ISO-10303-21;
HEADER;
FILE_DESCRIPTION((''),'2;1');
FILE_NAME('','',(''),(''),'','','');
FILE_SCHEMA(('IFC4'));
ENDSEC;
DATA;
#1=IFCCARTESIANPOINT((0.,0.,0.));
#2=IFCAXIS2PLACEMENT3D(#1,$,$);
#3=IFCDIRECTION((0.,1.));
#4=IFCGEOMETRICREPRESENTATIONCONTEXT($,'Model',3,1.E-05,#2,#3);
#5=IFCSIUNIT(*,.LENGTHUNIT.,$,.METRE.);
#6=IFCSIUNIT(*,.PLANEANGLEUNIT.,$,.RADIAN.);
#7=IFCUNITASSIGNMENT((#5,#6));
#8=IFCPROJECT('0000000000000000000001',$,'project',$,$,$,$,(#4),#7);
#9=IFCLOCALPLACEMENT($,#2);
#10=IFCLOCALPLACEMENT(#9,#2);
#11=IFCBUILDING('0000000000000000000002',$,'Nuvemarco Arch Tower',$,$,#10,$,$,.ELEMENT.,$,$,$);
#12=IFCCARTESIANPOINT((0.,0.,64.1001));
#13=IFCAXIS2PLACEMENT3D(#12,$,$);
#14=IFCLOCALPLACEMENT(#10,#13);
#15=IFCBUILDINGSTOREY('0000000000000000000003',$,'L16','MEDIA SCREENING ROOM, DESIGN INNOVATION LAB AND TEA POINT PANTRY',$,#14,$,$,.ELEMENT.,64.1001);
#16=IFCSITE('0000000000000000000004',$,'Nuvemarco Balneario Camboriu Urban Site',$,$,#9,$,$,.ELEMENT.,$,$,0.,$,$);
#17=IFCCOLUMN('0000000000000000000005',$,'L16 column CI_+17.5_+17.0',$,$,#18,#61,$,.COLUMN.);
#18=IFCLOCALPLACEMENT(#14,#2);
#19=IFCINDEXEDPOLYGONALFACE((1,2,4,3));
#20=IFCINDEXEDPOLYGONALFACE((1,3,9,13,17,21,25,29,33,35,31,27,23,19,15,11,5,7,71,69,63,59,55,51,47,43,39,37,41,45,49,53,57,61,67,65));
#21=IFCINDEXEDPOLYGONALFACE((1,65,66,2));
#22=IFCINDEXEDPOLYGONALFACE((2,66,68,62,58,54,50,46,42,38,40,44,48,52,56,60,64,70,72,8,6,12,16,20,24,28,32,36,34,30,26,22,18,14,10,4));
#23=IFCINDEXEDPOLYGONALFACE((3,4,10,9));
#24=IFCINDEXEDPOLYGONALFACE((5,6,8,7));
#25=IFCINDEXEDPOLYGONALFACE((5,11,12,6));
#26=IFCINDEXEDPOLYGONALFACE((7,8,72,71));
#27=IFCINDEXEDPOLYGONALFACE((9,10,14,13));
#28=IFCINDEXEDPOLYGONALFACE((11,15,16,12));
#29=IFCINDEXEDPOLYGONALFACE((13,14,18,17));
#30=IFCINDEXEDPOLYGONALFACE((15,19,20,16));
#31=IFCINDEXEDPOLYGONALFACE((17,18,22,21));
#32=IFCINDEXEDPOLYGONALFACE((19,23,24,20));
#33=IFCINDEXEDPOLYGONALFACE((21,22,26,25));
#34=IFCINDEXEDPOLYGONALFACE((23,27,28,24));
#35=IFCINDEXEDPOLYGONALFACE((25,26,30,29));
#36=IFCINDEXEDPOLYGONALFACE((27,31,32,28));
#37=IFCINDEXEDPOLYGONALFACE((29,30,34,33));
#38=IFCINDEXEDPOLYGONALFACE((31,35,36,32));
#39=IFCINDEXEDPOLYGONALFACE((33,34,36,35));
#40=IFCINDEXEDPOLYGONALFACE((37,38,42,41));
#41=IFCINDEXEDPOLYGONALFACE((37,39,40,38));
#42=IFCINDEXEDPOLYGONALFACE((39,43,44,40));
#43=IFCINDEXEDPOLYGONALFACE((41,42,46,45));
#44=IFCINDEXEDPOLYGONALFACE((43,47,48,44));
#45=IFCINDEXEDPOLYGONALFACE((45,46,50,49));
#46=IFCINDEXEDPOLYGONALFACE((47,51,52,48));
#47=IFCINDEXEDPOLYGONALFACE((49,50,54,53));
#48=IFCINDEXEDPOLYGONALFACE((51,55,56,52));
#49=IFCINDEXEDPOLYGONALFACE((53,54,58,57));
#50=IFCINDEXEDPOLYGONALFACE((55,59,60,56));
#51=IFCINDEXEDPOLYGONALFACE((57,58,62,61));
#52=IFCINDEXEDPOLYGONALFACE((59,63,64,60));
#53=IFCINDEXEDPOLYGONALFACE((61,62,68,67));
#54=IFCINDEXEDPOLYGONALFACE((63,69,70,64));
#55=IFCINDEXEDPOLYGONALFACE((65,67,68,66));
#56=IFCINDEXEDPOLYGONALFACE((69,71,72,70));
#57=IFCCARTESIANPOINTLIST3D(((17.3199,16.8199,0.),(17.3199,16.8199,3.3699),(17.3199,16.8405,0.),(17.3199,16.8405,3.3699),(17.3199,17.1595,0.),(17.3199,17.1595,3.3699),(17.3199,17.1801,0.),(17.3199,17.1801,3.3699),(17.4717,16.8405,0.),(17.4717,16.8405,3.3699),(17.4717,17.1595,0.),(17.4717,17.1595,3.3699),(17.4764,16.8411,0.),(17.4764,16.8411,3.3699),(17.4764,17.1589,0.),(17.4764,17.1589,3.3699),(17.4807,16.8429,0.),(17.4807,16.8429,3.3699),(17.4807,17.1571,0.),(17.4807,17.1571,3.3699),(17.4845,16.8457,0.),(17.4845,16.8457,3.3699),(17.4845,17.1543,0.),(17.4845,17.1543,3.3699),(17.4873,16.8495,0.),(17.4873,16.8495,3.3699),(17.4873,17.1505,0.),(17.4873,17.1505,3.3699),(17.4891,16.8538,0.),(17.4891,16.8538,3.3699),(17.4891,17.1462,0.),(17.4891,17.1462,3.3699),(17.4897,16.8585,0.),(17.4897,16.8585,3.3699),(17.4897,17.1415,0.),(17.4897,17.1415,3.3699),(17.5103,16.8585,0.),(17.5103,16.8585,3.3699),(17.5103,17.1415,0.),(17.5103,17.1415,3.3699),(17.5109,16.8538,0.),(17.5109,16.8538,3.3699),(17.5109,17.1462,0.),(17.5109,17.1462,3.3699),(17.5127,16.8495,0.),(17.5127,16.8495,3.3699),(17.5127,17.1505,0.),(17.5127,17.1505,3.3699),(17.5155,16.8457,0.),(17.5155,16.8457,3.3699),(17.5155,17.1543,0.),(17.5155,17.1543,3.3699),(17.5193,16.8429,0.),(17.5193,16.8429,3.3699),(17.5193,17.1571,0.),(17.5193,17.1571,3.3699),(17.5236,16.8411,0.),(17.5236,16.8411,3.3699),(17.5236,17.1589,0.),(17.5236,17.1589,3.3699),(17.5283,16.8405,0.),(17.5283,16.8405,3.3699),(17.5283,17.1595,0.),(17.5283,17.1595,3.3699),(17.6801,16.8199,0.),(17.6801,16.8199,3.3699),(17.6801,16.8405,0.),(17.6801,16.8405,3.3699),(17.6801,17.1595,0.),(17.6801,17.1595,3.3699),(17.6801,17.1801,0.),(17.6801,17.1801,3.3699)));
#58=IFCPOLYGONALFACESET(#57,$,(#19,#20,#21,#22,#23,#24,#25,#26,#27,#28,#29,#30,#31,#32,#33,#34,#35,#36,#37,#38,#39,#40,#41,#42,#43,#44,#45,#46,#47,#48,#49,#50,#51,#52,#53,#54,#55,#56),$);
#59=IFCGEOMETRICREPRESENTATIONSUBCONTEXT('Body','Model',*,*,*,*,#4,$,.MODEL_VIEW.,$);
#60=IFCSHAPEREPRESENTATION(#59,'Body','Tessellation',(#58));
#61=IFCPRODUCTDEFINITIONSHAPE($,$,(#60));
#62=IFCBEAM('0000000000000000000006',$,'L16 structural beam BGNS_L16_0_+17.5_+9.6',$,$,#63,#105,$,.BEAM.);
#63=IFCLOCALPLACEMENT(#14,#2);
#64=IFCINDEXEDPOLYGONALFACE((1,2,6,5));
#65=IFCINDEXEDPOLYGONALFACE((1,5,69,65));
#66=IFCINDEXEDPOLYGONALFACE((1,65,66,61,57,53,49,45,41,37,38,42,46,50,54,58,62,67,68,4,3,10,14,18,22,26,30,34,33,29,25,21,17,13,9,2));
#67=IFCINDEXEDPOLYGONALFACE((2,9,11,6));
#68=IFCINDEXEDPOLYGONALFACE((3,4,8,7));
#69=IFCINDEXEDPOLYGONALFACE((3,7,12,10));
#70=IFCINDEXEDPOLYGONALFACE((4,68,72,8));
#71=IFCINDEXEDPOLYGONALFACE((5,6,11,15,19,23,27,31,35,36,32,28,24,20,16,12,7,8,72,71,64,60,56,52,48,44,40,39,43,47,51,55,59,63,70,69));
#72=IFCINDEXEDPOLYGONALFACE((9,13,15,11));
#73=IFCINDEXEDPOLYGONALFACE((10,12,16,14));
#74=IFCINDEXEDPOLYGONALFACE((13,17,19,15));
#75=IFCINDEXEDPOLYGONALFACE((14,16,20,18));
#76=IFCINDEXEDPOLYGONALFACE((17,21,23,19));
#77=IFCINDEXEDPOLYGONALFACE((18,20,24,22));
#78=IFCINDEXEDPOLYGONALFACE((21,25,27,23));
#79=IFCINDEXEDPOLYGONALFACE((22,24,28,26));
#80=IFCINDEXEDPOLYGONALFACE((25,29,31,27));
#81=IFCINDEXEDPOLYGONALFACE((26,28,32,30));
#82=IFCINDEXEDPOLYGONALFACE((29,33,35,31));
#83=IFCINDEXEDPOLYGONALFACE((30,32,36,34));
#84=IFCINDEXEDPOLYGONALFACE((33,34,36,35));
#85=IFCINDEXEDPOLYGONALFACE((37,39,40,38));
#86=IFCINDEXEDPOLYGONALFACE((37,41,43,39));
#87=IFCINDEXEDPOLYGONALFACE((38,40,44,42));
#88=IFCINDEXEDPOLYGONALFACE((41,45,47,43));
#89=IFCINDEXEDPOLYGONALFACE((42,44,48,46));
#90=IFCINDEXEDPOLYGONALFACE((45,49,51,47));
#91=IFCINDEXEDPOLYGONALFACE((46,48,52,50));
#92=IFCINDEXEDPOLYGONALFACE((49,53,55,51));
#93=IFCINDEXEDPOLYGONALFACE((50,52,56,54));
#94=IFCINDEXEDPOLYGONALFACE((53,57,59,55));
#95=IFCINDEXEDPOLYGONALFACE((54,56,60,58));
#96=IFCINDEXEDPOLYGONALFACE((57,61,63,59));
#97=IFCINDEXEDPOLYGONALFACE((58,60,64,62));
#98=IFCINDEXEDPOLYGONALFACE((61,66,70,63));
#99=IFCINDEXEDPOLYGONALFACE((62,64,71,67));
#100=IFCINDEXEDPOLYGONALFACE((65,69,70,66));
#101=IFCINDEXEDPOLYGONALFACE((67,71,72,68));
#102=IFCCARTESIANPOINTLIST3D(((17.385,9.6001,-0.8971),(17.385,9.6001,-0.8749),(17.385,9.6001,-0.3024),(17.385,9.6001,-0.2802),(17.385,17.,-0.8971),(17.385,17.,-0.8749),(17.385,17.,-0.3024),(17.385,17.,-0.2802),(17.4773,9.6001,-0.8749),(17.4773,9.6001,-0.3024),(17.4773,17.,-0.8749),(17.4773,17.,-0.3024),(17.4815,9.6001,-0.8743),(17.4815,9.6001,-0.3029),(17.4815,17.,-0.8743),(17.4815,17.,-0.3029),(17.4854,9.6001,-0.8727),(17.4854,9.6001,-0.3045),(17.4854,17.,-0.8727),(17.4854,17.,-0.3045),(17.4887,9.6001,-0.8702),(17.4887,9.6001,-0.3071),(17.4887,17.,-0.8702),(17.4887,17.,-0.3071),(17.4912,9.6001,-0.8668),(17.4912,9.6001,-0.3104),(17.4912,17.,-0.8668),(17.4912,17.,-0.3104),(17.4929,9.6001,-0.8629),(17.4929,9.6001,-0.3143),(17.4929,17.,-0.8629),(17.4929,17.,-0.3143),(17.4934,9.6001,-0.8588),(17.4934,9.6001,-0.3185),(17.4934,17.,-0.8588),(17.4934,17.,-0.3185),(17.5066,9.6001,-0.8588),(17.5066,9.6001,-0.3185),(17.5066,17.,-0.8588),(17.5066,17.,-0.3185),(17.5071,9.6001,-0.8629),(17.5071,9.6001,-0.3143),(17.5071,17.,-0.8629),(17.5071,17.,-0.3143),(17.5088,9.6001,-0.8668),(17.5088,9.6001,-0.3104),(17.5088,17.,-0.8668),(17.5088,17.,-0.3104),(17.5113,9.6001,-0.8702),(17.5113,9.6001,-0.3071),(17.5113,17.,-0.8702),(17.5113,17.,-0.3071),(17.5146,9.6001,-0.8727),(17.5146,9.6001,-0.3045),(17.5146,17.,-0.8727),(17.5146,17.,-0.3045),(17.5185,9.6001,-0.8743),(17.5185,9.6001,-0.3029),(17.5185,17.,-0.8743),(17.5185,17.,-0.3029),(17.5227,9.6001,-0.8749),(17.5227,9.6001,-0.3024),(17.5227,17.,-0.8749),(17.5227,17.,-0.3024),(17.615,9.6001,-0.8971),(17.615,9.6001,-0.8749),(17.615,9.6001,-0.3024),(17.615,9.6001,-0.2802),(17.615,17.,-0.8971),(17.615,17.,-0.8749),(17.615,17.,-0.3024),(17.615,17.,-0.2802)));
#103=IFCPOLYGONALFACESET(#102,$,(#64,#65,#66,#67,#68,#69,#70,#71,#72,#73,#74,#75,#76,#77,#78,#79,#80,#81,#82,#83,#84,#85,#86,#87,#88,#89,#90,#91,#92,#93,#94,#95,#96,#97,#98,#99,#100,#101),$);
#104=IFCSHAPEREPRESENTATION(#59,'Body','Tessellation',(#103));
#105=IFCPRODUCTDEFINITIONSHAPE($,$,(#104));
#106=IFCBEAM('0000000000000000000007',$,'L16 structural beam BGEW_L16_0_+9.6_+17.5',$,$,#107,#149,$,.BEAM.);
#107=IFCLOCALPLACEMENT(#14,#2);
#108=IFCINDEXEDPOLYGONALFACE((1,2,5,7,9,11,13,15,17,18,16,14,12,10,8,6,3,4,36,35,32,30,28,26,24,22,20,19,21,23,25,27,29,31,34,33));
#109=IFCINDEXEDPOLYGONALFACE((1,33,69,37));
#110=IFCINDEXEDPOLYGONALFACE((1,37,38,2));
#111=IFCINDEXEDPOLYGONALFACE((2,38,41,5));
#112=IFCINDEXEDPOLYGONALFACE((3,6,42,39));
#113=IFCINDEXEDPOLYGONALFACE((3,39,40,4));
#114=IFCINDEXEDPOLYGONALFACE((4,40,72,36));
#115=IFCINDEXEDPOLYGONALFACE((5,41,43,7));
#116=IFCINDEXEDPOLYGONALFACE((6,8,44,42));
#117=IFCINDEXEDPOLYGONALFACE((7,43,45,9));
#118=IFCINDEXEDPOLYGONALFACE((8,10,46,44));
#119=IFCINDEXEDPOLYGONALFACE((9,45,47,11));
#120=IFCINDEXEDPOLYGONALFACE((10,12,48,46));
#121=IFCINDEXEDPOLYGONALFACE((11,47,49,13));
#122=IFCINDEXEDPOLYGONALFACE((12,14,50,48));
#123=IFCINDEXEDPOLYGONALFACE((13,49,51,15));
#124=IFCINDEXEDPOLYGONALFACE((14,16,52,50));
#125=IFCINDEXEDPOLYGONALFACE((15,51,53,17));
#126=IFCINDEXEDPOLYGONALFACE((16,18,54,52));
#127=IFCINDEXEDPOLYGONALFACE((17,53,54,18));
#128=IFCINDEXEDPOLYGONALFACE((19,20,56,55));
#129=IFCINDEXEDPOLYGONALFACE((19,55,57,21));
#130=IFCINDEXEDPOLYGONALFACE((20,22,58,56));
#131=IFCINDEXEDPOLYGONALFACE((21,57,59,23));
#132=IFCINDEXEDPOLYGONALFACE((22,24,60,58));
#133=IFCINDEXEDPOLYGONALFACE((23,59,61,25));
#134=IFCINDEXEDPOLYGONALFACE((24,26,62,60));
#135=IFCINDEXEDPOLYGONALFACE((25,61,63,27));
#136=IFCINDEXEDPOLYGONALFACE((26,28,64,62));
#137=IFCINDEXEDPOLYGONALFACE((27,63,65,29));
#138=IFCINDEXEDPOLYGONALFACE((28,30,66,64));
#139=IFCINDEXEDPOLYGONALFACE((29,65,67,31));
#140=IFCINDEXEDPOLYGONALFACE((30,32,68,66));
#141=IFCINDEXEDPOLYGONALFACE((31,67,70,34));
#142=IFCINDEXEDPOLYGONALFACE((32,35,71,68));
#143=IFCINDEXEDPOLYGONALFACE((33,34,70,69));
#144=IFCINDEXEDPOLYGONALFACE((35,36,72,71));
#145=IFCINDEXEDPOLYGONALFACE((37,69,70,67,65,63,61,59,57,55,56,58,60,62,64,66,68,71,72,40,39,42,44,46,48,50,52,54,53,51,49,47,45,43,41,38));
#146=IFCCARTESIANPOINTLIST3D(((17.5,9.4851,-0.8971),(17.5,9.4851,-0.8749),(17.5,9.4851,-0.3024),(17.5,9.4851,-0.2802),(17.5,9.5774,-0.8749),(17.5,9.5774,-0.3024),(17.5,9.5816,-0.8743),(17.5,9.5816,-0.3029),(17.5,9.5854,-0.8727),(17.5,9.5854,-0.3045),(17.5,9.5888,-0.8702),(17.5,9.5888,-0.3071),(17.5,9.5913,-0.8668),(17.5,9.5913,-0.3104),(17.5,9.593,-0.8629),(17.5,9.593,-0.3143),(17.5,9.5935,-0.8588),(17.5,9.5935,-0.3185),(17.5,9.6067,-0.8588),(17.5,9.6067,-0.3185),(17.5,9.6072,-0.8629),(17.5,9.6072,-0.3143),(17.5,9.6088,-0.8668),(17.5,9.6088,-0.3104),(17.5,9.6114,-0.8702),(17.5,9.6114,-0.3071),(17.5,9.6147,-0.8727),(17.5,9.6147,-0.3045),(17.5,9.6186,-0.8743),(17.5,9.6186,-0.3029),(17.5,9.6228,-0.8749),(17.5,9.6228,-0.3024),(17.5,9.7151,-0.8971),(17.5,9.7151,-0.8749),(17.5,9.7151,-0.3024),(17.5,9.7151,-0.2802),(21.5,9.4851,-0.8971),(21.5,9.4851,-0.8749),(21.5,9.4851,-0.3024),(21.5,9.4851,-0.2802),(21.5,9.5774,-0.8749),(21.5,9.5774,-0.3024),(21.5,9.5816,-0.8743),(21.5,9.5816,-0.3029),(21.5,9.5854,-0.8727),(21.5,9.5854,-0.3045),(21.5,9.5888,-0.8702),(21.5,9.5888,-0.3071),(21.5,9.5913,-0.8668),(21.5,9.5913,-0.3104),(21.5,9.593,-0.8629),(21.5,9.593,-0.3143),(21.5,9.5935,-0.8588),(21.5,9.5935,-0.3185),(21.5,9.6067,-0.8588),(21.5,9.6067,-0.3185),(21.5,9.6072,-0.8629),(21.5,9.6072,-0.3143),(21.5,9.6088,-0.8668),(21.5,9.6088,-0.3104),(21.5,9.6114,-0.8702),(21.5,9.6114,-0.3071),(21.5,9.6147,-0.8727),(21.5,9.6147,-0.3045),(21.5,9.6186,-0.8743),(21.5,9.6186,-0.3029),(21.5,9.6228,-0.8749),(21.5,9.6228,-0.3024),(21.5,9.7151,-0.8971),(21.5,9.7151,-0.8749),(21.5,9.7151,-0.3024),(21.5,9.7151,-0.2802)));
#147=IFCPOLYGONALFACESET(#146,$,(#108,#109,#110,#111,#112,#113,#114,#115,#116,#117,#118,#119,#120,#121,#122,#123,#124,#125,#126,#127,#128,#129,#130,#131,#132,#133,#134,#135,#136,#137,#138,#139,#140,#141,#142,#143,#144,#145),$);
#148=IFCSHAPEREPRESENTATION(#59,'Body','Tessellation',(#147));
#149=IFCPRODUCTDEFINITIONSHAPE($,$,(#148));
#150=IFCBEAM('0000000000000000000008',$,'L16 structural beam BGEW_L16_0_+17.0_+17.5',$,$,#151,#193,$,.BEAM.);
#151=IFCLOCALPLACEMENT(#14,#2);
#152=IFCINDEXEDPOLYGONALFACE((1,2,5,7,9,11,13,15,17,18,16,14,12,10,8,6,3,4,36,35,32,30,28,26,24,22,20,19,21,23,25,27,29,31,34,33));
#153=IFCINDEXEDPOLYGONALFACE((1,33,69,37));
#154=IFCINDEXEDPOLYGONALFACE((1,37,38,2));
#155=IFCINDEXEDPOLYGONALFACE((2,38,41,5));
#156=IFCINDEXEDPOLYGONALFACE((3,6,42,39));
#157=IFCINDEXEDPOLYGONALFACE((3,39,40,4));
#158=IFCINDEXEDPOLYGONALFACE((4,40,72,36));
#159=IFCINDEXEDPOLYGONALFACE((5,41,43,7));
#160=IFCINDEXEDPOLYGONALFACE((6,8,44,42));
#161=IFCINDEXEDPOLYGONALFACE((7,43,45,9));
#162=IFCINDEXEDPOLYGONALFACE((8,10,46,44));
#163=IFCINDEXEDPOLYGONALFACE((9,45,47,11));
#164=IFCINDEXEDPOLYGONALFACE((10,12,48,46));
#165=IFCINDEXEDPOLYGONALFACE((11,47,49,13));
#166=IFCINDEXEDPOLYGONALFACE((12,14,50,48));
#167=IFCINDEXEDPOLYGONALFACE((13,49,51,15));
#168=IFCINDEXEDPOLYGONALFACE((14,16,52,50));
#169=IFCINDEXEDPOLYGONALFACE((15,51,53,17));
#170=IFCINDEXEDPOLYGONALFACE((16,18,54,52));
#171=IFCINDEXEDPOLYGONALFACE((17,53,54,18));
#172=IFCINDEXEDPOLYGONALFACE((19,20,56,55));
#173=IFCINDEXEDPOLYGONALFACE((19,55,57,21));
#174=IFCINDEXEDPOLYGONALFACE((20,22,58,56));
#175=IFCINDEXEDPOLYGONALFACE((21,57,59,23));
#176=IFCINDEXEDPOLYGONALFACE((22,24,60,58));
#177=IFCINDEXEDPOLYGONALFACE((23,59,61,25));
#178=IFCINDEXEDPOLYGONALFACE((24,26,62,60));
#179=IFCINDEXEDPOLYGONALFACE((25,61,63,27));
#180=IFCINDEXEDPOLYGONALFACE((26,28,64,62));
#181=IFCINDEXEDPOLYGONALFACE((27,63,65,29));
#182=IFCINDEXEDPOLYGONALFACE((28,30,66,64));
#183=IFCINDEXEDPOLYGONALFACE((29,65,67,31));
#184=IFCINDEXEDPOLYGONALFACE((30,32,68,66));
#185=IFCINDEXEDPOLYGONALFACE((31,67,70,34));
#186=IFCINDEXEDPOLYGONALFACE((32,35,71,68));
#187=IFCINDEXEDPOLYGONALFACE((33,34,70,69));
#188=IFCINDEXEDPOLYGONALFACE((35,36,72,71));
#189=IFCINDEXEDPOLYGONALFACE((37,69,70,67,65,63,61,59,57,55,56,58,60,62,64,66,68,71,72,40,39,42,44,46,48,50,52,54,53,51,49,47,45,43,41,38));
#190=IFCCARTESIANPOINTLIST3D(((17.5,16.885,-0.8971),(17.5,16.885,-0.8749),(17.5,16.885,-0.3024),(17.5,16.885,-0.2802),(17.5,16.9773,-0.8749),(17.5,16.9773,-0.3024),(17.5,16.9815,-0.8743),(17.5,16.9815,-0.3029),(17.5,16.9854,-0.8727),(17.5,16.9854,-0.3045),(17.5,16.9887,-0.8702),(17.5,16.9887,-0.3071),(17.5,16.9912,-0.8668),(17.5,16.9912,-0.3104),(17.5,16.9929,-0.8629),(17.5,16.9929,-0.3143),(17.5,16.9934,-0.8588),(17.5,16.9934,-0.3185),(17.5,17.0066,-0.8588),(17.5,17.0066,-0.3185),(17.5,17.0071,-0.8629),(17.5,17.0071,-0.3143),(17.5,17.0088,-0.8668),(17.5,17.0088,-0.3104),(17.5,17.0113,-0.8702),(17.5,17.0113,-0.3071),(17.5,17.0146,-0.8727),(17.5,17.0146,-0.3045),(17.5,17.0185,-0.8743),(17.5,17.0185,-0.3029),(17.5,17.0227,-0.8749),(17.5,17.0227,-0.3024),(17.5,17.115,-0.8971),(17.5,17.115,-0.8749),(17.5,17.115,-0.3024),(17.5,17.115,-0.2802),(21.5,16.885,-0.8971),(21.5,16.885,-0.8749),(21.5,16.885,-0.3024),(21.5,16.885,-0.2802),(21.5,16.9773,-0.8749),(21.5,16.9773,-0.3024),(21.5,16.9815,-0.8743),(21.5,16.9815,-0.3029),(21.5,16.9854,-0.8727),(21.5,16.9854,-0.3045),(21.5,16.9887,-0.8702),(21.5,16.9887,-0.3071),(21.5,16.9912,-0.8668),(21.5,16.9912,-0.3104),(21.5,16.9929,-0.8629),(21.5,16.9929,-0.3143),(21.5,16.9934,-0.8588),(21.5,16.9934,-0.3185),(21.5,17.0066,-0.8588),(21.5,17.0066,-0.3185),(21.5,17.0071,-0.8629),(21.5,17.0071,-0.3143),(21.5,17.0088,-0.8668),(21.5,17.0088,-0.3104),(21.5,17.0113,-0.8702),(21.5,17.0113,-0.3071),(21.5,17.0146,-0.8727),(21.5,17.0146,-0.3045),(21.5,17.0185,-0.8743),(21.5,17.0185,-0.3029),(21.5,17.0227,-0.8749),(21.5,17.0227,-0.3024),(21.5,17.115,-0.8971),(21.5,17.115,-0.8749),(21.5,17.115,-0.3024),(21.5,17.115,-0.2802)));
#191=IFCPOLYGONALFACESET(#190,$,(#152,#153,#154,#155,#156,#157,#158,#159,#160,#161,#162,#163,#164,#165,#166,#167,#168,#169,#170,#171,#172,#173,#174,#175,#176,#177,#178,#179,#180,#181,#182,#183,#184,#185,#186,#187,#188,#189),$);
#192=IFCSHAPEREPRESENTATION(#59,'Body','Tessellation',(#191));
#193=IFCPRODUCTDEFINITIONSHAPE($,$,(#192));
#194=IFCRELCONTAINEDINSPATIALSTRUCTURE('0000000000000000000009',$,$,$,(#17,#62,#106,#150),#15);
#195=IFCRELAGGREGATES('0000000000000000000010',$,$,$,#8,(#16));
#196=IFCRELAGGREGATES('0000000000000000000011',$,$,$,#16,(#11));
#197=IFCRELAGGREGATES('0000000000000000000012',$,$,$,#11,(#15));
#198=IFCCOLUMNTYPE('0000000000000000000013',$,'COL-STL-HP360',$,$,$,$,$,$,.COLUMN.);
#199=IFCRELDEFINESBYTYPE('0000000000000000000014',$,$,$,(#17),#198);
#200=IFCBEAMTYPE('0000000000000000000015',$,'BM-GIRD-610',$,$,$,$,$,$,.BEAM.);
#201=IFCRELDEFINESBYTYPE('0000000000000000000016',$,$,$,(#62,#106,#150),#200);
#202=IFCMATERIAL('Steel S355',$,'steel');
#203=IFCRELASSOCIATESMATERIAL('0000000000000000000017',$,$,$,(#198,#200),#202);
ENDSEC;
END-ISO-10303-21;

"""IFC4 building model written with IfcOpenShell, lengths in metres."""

from ifc_helpers import new_model, si_unit, direction, frame, origin, origin_2d, place, context, subcontext, project, spatial, i_section, extrude, material, material_profile, profile_set, type_object, element, save


model = new_model("IFC4")

# Units and contexts
model_context = context("Model", 3, precision=1e-05, world=origin(), true_north=direction((0.0, 1.0)))
body_context = subcontext(model_context, "Body", "Model", "MODEL_VIEW")
ifc_project = project(units=[si_unit("LENGTHUNIT", "METRE"), si_unit("PLANEANGLEUNIT", "RADIAN")], contexts=[model_context])

# Site, building, storey
site_placement = place(None, origin())
site = spatial("IfcSite", under=ifc_project, at=site_placement, Name="Nuvemarco Balneario Camboriu Urban Site", CompositionType="ELEMENT", RefElevation=0.0)
building_placement = place(site_placement, origin())
building = spatial("IfcBuilding", under=site, at=building_placement, Name="Nuvemarco Arch Tower", CompositionType="ELEMENT")
storey_placement = place(building_placement, frame((0.0, 0.0, 64.1001)))
storey = spatial("IfcBuildingStorey", under=building, at=storey_placement, Name="L16", Description="MEDIA SCREENING ROOM, DESIGN INNOVATION LAB AND TEA POINT PANTRY", CompositionType="ELEMENT", Elevation=64.1001)

# Column
ifc_material_1 = material(Name="Steel S355", Category="steel")
ifc_material_profile_1 = material_profile(ifc_material_1, i_section(OverallWidth=0.3601, OverallDepth=0.3601, WebThickness=0.0205, FlangeThickness=0.0205, FilletRadius=0.0181, at=origin_2d()), Name="HP360x174")
ifc_profile_set_1 = profile_set([ifc_material_profile_1], Name="Steel S355")
column_type_1 = type_object("IfcColumnType", Name="COL-STL-HP360", PredefinedType="COLUMN", material=ifc_profile_set_1)
column_1_placement = place(storey_placement, frame((17.5, 17.0, 0.0), z_axis=(0.0, 0.0, 1.0), x_axis=(1.0, 0.0, 0.0)))
element("IfcColumn", 1, at=column_1_placement, inside=storey, type_object=column_type_1, Name="L16 column CI_+17.5_+17.0", PredefinedType="COLUMN", context=body_context, shape_type="SweptSolid", body=[
    extrude(i_section(OverallWidth=0.3601, OverallDepth=0.3601, WebThickness=0.0205, FlangeThickness=0.0205, FilletRadius=0.0181, at=origin_2d()), origin(), (0.0, 0.0, 1.0), 3.3699),
])

# Beams
ifc_material_profile_2 = material_profile(ifc_material_1, i_section(OverallWidth=0.23, OverallDepth=0.6169, WebThickness=0.0132, FlangeThickness=0.0222, FilletRadius=0.0161, at=origin_2d()), Name="W610x140")
ifc_profile_set_2 = profile_set([ifc_material_profile_2], Name="Steel S355")
beam_type_1 = type_object("IfcBeamType", Name="BM-GIRD-610", PredefinedType="BEAM", material=ifc_profile_set_2)
beam_1_placement = place(storey_placement, frame((17.5, 9.6001, -0.5886), z_axis=(0.0, 1.0, 0.0), x_axis=(-1.0, 0.0, 0.0)))
element("IfcBeam", 2, at=beam_1_placement, inside=storey, type_object=beam_type_1, Name="L16 structural beam BGNS_L16_0_+17.5_+9.6", PredefinedType="BEAM", context=body_context, shape_type="SweptSolid", body=[
    extrude(i_section(OverallWidth=0.23, OverallDepth=0.6169, WebThickness=0.0132, FlangeThickness=0.0222, FilletRadius=0.0161, at=origin_2d()), origin(), (0.0, 0.0, 1.0), 7.3999),
])
for number, where, z_axis, x_axis, name in (
    (3, (17.5, 9.6001, -0.5886), (1.0, 0.0, 0.0), (0.0, 1.0, 0.0), "L16 structural beam BGEW_L16_0_+9.6_+17.5"),
    (4, (17.5, 17.0, -0.5886), (1.0, 0.0, 0.0), (0.0, 1.0, 0.0), "L16 structural beam BGEW_L16_0_+17.0_+17.5"),
):
    element("IfcBeam", number, at=place(storey_placement, frame(where, z_axis=z_axis, x_axis=x_axis)), inside=storey, type_object=beam_type_1, Name=name, PredefinedType="BEAM", context=body_context, shape_type="SweptSolid", body=[
        extrude(i_section(OverallWidth=0.23, OverallDepth=0.6169, WebThickness=0.0132, FlangeThickness=0.0222, FilletRadius=0.0161, at=origin_2d()), origin(), (0.0, 0.0, 1.0), 4.0),
    ])

save(model, "model.ifc")
